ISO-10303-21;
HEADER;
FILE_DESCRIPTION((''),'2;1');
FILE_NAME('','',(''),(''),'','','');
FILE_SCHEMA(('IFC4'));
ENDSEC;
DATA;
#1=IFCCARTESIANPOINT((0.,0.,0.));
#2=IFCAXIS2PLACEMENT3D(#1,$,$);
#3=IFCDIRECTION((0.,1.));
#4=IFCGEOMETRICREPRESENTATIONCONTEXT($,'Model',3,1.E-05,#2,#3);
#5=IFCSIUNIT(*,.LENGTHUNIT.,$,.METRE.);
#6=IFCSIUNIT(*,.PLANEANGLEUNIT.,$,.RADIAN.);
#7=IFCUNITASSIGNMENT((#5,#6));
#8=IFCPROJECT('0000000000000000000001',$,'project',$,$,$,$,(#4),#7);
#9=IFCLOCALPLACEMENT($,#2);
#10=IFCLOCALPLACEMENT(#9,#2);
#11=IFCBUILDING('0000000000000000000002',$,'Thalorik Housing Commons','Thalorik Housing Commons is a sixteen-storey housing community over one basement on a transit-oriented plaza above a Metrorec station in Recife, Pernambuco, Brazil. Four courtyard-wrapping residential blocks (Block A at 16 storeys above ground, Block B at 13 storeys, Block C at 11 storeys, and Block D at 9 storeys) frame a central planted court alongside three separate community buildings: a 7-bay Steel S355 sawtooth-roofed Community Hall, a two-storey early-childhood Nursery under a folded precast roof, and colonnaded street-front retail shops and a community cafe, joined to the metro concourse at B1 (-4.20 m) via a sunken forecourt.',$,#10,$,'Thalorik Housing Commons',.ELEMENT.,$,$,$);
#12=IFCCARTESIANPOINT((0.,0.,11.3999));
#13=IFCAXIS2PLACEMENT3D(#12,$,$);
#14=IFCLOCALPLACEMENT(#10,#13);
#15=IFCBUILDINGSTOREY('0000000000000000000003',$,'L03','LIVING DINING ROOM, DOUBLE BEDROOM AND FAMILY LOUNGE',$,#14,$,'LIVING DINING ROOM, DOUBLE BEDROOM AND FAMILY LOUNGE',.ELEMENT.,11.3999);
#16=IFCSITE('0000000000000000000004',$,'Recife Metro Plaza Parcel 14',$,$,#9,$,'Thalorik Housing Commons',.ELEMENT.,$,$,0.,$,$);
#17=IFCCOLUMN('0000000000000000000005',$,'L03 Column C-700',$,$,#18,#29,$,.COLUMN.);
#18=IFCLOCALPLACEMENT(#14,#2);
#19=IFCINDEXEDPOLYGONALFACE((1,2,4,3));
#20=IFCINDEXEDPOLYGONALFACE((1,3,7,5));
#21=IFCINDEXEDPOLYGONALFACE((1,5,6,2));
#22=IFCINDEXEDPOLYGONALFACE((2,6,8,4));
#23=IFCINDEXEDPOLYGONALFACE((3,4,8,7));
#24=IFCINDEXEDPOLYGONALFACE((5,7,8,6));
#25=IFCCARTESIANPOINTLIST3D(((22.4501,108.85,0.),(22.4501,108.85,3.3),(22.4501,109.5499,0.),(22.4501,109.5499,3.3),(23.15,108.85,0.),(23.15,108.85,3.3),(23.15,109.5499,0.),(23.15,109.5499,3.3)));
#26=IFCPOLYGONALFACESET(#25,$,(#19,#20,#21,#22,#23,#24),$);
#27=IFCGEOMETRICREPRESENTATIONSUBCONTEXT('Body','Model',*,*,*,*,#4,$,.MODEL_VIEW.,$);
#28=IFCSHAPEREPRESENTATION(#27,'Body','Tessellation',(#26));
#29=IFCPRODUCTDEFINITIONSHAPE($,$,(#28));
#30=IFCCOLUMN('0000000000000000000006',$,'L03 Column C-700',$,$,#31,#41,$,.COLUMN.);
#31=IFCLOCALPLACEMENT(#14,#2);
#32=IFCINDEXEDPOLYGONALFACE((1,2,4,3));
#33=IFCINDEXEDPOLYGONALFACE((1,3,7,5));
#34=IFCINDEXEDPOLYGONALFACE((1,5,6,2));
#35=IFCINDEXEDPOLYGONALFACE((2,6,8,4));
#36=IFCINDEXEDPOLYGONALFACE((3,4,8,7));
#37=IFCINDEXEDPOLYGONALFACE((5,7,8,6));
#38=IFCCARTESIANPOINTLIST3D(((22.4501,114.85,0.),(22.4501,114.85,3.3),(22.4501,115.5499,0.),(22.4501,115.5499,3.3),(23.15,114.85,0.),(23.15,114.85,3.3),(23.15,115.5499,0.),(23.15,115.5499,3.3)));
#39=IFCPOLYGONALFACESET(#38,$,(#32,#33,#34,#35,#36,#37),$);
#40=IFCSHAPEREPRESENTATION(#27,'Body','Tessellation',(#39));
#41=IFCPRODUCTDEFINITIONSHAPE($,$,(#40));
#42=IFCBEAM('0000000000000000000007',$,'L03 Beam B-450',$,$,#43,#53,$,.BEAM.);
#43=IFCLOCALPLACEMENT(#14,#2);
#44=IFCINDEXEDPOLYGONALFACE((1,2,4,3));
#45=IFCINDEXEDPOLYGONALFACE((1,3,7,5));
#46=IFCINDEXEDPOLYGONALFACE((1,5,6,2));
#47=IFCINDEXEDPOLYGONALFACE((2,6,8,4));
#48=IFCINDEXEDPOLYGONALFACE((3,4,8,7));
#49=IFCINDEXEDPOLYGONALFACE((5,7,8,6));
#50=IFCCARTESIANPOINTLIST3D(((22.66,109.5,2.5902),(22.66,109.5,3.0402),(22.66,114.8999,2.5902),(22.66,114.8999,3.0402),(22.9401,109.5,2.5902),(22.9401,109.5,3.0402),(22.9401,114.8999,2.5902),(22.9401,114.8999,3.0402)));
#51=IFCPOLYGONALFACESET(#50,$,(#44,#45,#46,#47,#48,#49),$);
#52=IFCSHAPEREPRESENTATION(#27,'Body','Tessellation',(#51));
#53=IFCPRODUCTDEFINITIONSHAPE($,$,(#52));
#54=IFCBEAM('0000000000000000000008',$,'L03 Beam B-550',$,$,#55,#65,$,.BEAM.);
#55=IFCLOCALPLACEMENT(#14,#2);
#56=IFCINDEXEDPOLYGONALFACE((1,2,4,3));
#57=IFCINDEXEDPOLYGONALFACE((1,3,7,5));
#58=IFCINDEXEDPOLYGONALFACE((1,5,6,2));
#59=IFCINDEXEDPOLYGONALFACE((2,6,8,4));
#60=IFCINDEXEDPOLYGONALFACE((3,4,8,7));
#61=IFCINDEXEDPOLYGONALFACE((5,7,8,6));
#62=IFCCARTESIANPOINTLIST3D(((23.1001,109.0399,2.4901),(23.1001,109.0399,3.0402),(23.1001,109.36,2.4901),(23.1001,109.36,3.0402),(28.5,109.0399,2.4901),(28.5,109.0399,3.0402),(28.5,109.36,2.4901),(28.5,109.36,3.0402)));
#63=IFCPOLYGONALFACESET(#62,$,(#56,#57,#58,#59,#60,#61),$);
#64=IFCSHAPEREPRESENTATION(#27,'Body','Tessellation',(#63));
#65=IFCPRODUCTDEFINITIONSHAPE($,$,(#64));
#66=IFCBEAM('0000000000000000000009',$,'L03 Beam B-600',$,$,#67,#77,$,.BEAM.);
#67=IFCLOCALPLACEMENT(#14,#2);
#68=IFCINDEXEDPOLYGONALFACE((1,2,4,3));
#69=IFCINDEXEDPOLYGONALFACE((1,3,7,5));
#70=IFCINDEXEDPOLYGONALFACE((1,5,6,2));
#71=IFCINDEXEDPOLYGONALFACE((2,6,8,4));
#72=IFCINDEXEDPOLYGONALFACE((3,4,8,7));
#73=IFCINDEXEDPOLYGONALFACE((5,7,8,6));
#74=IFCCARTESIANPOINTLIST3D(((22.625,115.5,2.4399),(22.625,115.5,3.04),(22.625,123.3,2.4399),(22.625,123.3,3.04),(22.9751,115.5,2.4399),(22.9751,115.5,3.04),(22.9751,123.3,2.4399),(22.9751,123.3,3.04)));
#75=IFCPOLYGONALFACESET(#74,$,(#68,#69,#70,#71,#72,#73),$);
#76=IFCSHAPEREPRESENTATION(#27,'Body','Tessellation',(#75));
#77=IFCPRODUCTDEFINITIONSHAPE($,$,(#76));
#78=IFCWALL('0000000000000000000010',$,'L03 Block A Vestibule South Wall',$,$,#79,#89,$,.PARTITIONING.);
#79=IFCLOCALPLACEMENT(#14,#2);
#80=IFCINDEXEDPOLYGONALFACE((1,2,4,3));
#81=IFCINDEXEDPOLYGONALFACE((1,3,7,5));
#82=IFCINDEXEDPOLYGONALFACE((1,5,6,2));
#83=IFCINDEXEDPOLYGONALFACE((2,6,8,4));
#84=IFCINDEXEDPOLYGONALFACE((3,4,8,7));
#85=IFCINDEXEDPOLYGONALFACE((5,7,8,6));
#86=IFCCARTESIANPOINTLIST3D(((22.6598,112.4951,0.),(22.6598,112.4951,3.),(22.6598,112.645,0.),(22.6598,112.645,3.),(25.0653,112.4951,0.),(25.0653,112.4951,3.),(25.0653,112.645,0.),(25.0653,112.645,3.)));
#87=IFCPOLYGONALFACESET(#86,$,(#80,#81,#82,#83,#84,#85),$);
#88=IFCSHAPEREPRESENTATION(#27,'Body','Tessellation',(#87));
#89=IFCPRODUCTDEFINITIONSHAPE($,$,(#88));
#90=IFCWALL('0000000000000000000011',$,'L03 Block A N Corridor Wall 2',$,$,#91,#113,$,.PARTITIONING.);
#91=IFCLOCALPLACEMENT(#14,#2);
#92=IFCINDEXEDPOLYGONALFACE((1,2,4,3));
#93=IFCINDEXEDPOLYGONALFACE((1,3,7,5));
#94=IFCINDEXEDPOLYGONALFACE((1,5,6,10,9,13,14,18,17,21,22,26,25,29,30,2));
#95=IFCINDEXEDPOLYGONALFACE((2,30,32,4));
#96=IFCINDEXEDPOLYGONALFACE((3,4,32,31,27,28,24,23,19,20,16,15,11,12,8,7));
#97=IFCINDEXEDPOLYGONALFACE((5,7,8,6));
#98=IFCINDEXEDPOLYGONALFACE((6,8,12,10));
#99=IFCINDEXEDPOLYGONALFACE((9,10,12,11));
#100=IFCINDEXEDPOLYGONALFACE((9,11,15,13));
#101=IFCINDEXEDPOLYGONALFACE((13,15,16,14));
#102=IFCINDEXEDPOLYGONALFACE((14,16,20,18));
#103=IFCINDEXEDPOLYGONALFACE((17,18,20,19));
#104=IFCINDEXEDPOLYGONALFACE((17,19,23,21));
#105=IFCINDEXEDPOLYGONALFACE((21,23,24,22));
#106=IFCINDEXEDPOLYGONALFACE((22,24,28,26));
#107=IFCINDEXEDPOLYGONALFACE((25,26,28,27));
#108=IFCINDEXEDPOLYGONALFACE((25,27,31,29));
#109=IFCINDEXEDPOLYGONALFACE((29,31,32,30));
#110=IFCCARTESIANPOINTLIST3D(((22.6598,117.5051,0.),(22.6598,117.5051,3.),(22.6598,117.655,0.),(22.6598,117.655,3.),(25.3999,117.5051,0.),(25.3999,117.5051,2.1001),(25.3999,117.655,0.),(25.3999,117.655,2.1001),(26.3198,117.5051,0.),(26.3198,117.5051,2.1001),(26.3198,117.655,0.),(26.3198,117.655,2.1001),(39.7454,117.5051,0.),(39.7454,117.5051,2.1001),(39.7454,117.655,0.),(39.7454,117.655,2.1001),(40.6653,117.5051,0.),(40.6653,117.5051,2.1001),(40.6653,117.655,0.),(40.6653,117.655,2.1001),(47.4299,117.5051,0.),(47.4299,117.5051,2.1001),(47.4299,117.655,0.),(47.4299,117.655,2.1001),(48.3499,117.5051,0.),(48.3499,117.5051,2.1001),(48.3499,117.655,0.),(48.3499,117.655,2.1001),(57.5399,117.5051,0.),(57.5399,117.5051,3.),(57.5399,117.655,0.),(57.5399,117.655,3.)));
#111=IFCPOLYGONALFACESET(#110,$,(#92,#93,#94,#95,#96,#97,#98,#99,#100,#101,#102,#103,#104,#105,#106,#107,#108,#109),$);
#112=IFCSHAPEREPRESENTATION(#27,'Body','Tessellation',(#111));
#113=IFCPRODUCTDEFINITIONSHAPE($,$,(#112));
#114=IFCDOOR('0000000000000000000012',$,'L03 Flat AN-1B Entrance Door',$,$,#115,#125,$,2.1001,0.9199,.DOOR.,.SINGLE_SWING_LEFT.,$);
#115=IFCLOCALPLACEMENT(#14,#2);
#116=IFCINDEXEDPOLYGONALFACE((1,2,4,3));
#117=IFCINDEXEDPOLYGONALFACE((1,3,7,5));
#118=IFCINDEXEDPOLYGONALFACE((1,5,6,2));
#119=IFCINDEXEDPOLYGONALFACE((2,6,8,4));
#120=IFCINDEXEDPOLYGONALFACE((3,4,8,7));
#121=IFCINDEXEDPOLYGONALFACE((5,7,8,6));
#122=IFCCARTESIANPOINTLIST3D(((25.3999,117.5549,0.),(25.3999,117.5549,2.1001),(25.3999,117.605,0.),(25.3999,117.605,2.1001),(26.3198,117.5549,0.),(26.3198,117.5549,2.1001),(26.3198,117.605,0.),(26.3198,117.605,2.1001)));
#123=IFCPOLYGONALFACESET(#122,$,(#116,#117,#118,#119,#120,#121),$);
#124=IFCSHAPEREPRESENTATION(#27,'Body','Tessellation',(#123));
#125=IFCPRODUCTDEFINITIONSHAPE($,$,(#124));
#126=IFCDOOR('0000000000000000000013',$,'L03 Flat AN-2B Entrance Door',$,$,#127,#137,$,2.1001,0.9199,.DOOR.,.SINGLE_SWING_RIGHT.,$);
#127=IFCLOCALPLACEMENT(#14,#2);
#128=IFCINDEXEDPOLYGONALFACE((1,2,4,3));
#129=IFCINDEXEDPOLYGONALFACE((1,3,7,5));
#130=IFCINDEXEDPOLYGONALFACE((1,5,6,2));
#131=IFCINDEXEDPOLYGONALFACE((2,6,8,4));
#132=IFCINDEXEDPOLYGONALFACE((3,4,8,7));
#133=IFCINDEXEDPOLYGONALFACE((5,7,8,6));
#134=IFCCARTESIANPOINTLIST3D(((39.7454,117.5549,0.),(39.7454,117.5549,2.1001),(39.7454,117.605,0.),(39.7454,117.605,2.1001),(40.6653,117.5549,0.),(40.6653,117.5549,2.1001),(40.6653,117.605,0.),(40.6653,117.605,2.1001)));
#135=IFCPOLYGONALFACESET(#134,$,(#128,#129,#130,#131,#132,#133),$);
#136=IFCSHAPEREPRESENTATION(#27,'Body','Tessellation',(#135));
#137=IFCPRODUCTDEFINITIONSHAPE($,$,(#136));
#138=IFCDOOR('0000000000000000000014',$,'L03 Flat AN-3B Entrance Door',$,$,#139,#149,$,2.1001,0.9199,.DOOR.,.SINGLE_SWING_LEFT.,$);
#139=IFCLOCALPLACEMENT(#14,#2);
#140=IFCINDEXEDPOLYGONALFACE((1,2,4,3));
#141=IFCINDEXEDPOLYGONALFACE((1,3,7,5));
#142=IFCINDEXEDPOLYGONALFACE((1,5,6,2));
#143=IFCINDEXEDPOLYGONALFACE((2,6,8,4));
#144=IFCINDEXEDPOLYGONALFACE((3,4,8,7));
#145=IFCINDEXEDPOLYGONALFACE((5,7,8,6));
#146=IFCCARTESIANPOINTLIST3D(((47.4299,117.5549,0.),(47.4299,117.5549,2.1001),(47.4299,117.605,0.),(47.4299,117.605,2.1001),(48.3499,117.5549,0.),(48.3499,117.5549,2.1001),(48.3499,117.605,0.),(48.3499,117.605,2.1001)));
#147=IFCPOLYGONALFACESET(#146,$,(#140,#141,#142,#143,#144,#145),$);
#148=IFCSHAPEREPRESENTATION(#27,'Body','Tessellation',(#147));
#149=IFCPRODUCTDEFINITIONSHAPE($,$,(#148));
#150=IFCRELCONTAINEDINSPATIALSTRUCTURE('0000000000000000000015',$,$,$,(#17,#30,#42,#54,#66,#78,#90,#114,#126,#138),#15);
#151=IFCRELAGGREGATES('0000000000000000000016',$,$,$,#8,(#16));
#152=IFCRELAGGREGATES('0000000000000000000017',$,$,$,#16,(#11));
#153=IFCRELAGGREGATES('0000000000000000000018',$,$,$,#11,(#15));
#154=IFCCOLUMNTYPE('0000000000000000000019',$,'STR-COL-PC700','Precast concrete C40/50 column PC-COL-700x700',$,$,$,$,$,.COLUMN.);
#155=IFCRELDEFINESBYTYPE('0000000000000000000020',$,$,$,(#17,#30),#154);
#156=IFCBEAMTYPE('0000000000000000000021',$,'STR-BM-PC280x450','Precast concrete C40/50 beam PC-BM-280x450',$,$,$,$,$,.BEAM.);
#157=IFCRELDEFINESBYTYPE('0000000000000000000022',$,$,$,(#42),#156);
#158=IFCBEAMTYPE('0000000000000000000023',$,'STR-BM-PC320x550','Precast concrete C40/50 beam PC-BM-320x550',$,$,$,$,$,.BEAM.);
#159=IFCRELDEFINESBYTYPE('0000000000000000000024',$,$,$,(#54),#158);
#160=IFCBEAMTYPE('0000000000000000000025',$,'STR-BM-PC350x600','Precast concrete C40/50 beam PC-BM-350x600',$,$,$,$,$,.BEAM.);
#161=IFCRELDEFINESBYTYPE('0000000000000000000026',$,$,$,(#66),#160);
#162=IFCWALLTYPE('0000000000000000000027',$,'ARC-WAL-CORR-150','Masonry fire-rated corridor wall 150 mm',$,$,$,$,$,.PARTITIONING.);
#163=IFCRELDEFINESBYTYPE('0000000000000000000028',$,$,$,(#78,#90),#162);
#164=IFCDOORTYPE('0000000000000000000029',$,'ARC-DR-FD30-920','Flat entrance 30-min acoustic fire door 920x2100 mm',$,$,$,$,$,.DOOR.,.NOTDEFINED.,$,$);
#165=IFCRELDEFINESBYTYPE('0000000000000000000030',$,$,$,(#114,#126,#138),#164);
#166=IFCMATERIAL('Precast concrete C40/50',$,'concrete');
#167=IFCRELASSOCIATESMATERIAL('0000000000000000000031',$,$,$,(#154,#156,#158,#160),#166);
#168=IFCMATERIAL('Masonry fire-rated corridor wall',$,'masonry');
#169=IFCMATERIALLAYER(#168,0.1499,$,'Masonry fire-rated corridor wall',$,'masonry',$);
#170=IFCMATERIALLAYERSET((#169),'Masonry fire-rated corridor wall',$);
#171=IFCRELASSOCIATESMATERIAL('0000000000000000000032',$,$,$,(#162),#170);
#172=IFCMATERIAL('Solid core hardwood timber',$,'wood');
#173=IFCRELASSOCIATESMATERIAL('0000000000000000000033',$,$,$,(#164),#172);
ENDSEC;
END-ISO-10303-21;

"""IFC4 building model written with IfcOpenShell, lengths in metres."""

from ifc_helpers import new_model, si_unit, direction, frame, frame_2d, origin, origin_2d, place, context, subcontext, project, spatial, rectangle, extrude, material, layer, layer_set, material_profile, profile_set, type_object, element, fill, save


model = new_model("IFC4")

# Units and contexts
model_context = context("Model", 3, precision=1e-05, world=origin(), true_north=direction((0.0, 1.0)))
body_context = subcontext(model_context, "Body", "Model", "MODEL_VIEW")
ifc_project = project(units=[si_unit("LENGTHUNIT", "METRE"), si_unit("PLANEANGLEUNIT", "RADIAN")], contexts=[model_context])

# Site, building, storey
site_placement = place(None, origin())
site = spatial("IfcSite", under=ifc_project, at=site_placement, Name="Recife Metro Plaza Parcel 14", LongName="Thalorik Housing Commons", CompositionType="ELEMENT", RefElevation=0.0)
building_placement = place(site_placement, origin())
building = spatial("IfcBuilding", under=site, at=building_placement, Name="Thalorik Housing Commons", Description="Thalorik Housing Commons is a sixteen-storey housing community over one basement on a transit-oriented plaza above a Metrorec station in Recife, Pernambuco, Brazil. Four courtyard-wrapping residential blocks (Block A at 16 storeys above ground, Block B at 13 storeys, Block C at 11 storeys, and Block D at 9 storeys) frame a central planted court alongside three separate community buildings: a 7-bay Steel S355 sawtooth-roofed Community Hall, a two-storey early-childhood Nursery under a folded precast roof, and colonnaded street-front retail shops and a community cafe, joined to the metro concourse at B1 (-4.20 m) via a sunken forecourt.", LongName="Thalorik Housing Commons", CompositionType="ELEMENT")
storey_placement = place(building_placement, frame((0.0, 0.0, 11.3999)))
storey = spatial("IfcBuildingStorey", under=building, at=storey_placement, Name="L03", Description="LIVING DINING ROOM, DOUBLE BEDROOM AND FAMILY LOUNGE", LongName="LIVING DINING ROOM, DOUBLE BEDROOM AND FAMILY LOUNGE", CompositionType="ELEMENT", Elevation=11.3999)

# Columns
ifc_material_1 = material(Name="Precast concrete C40/50", Category="concrete")
ifc_material_profile_1 = material_profile(ifc_material_1, rectangle(XDim=0.7, YDim=0.7, at=origin_2d()), Name="PC 700x700", Category="concrete")
ifc_profile_set_1 = profile_set([ifc_material_profile_1], Name="Precast concrete C40/50")
column_type = type_object("IfcColumnType", Name="STR-COL-PC700", Description="Precast concrete C40/50 column PC-COL-700x700", PredefinedType="COLUMN", material=ifc_profile_set_1)
for number, where, z_axis, x_axis, name in (
    (1, (22.8, 109.2, 0.0), (0.0, 0.0, 1.0), (1.0, 0.0, 0.0), "L03 Column C-700"),
    (2, (22.8, 115.2, 0.0), (0.0, 0.0, 1.0), (1.0, 0.0, 0.0), "L03 Column C-700"),
):
    element("IfcColumn", number, at=place(storey_placement, frame(where, z_axis=z_axis, x_axis=x_axis)), inside=storey, type_object=column_type, Name=name, PredefinedType="COLUMN", context=body_context, shape_type="SweptSolid", body=[
        extrude(rectangle(XDim=0.7, YDim=0.7, at=origin_2d()), origin(), (0.0, 0.0, 1.0), 3.3),
    ])

# Beams
ifc_material_profile_2 = material_profile(ifc_material_1, rectangle(XDim=0.28, YDim=0.45, at=origin_2d()), Name="PC 280x450", Category="concrete")
ifc_profile_set_2 = profile_set([ifc_material_profile_2], Name="Precast concrete C40/50")
beam_type_1 = type_object("IfcBeamType", Name="STR-BM-PC280x450", Description="Precast concrete C40/50 beam PC-BM-280x450", PredefinedType="BEAM", material=ifc_profile_set_2)
beam_1_placement = place(storey_placement, frame((22.8, 109.5, 2.8152), z_axis=(0.0, 1.0, 0.0), x_axis=(-1.0, 0.0, 0.0)))
element("IfcBeam", 3, at=beam_1_placement, inside=storey, type_object=beam_type_1, Name="L03 Beam B-450", PredefinedType="BEAM", context=body_context, shape_type="SweptSolid", body=[
    extrude(rectangle(XDim=0.28, YDim=0.45, at=origin_2d()), origin(), (0.0, 0.0, 1.0), 5.3999),
])
ifc_material_profile_3 = material_profile(ifc_material_1, rectangle(XDim=0.3201, YDim=0.55, at=origin_2d()), Name="PC 320x550", Category="concrete")
ifc_profile_set_3 = profile_set([ifc_material_profile_3], Name="Precast concrete C40/50")
beam_type_2 = type_object("IfcBeamType", Name="STR-BM-PC320x550", Description="Precast concrete C40/50 beam PC-BM-320x550", PredefinedType="BEAM", material=ifc_profile_set_3)
beam_2_placement = place(storey_placement, frame((23.1001, 109.2, 2.7651), z_axis=(1.0, 0.0, 0.0), x_axis=(0.0, 1.0, 0.0)))
element("IfcBeam", 4, at=beam_2_placement, inside=storey, type_object=beam_type_2, Name="L03 Beam B-550", PredefinedType="BEAM", context=body_context, shape_type="SweptSolid", body=[
    extrude(rectangle(XDim=0.3201, YDim=0.55, at=origin_2d()), origin(), (0.0, 0.0, 1.0), 5.3999),
])
ifc_material_profile_4 = material_profile(ifc_material_1, rectangle(XDim=0.3501, YDim=0.6001, at=origin_2d()), Name="PC 350x600", Category="concrete")
ifc_profile_set_4 = profile_set([ifc_material_profile_4], Name="Precast concrete C40/50")
beam_type_3 = type_object("IfcBeamType", Name="STR-BM-PC350x600", Description="Precast concrete C40/50 beam PC-BM-350x600", PredefinedType="BEAM", material=ifc_profile_set_4)
beam_3_placement = place(storey_placement, frame((22.8, 115.5, 2.74), z_axis=(0.0, 1.0, 0.0), x_axis=(-1.0, 0.0, 0.0)))
element("IfcBeam", 5, at=beam_3_placement, inside=storey, type_object=beam_type_3, Name="L03 Beam B-600", PredefinedType="BEAM", context=body_context, shape_type="SweptSolid", body=[
    extrude(rectangle(XDim=0.3501, YDim=0.6001, at=origin_2d()), origin(), (0.0, 0.0, 1.0), 7.8),
])

# Wall
ifc_material_2 = material(Name="Masonry fire-rated corridor wall", Category="masonry")
ifc_layer_1 = layer(ifc_material_2, 0.1499, Name="Masonry fire-rated corridor wall", Category="masonry")
ifc_layer_set_1 = layer_set([ifc_layer_1], Name="Masonry fire-rated corridor wall")
wall_type_1 = type_object("IfcWallType", Name="ARC-WAL-CORR-150", Description="Masonry fire-rated corridor wall 150 mm", PredefinedType="PARTITIONING", material=ifc_layer_set_1)
wall_1_placement = place(storey_placement, frame((22.6599, 112.5701, 0.0), z_axis=(0.0, 0.0, 1.0), x_axis=(1.0, 0.0, 0.0)))
element("IfcWall", 6, at=wall_1_placement, inside=storey, type_object=wall_type_1, Name="L03 Block A Vestibule South Wall", PredefinedType="PARTITIONING", context=body_context, shape_type="SweptSolid", body=[
    extrude(rectangle(XDim=2.4055, YDim=0.1499, at=frame_2d((1.2026, 0.0))), origin(), (0.0, 0.0, 1.0), 3.0),
])

# Wall, openings, doors
wall_2_placement = place(storey_placement, frame((22.6599, 117.5801, 0.0), z_axis=(0.0, 0.0, 1.0), x_axis=(1.0, 0.0, 0.0)))
wall_2 = element("IfcWall", 7, at=wall_2_placement, inside=storey, type_object=wall_type_1, Name="L03 Block A N Corridor Wall 2", PredefinedType="PARTITIONING", context=body_context, shape_type="SweptSolid", body=[
    extrude(rectangle(XDim=34.8801, YDim=0.1499, at=frame_2d((17.4399, 0.0))), origin(), (0.0, 0.0, 1.0), 3.0),
])
opening_1_placement = place(wall_2_placement, frame((2.74, 0.0, 0.0)))
opening_1 = element("IfcOpeningElement", 8, at=opening_1_placement, cuts=wall_2, PredefinedType="OPENING", context=body_context, shape_type="SweptSolid", body=[
    extrude(rectangle(XDim=0.9199, YDim=2.1001, at=frame_2d((0.46, 1.05))), frame((0.0, 0.085, 0.0), z_axis=(0.0, -1.0, 0.0), x_axis=(1.0, 0.0, 0.0)), (0.0, 0.0, 1.0), 0.1699),
])
opening_2_placement = place(wall_2_placement, frame((17.0854, 0.0, 0.0)))
opening_2 = element("IfcOpeningElement", 9, at=opening_2_placement, cuts=wall_2, PredefinedType="OPENING", context=body_context, shape_type="SweptSolid", body=[
    extrude(rectangle(XDim=0.9199, YDim=2.1001, at=frame_2d((0.46, 1.05))), frame((0.0, 0.085, 0.0), z_axis=(0.0, -1.0, 0.0), x_axis=(1.0, 0.0, 0.0)), (0.0, 0.0, 1.0), 0.1699),
])
opening_3_placement = place(wall_2_placement, frame((24.77, 0.0, 0.0)))
opening_3 = element("IfcOpeningElement", 10, at=opening_3_placement, cuts=wall_2, PredefinedType="OPENING", context=body_context, shape_type="SweptSolid", body=[
    extrude(rectangle(XDim=0.9199, YDim=2.1001, at=frame_2d((0.46, 1.05))), frame((0.0, 0.085, 0.0), z_axis=(0.0, -1.0, 0.0), x_axis=(1.0, 0.0, 0.0)), (0.0, 0.0, 1.0), 0.1699),
])
ifc_material_3 = material(Name="Solid core hardwood timber", Category="wood")
door_type_1 = type_object("IfcDoorType", Name="ARC-DR-FD30-920", Description="Flat entrance 30-min acoustic fire door 920x2100 mm", OperationType="NOTDEFINED", PredefinedType="DOOR", material=ifc_material_3)
door_1_placement = place(opening_1_placement, origin())
door_1 = element("IfcDoor", 11, at=door_1_placement, inside=storey, type_object=door_type_1, Name="L03 Flat AN-1B Entrance Door", OperationType="SINGLE_SWING_LEFT", OverallHeight=2.1001, OverallWidth=0.9199, PredefinedType="DOOR", context=body_context, shape_type="SweptSolid", body=[
    extrude(rectangle(XDim=0.9199, YDim=2.1001, at=frame_2d((0.46, 1.05))), frame((0.0, 0.0249, 0.0), z_axis=(0.0, -1.0, 0.0), x_axis=(1.0, 0.0, 0.0)), (0.0, 0.0, 1.0), 0.05),
])
fill(opening_1, door_1)
door_2_placement = place(opening_2_placement, origin())
door_2 = element("IfcDoor", 12, at=door_2_placement, inside=storey, type_object=door_type_1, Name="L03 Flat AN-2B Entrance Door", OperationType="SINGLE_SWING_RIGHT", OverallHeight=2.1001, OverallWidth=0.9199, PredefinedType="DOOR", context=body_context, shape_type="SweptSolid", body=[
    extrude(rectangle(XDim=0.9199, YDim=2.1001, at=frame_2d((0.46, 1.05))), frame((0.0, 0.0249, 0.0), z_axis=(0.0, -1.0, 0.0), x_axis=(1.0, 0.0, 0.0)), (0.0, 0.0, 1.0), 0.05),
])
fill(opening_2, door_2)
door_3_placement = place(opening_3_placement, origin())
door_3 = element("IfcDoor", 13, at=door_3_placement, inside=storey, type_object=door_type_1, Name="L03 Flat AN-3B Entrance Door", OperationType="SINGLE_SWING_LEFT", OverallHeight=2.1001, OverallWidth=0.9199, PredefinedType="DOOR", context=body_context, shape_type="SweptSolid", body=[
    extrude(rectangle(XDim=0.9199, YDim=2.1001, at=frame_2d((0.46, 1.05))), frame((0.0, 0.0249, 0.0), z_axis=(0.0, -1.0, 0.0), x_axis=(1.0, 0.0, 0.0)), (0.0, 0.0, 1.0), 0.05),
])
fill(opening_3, door_3)

save(model, "model.ifc")
